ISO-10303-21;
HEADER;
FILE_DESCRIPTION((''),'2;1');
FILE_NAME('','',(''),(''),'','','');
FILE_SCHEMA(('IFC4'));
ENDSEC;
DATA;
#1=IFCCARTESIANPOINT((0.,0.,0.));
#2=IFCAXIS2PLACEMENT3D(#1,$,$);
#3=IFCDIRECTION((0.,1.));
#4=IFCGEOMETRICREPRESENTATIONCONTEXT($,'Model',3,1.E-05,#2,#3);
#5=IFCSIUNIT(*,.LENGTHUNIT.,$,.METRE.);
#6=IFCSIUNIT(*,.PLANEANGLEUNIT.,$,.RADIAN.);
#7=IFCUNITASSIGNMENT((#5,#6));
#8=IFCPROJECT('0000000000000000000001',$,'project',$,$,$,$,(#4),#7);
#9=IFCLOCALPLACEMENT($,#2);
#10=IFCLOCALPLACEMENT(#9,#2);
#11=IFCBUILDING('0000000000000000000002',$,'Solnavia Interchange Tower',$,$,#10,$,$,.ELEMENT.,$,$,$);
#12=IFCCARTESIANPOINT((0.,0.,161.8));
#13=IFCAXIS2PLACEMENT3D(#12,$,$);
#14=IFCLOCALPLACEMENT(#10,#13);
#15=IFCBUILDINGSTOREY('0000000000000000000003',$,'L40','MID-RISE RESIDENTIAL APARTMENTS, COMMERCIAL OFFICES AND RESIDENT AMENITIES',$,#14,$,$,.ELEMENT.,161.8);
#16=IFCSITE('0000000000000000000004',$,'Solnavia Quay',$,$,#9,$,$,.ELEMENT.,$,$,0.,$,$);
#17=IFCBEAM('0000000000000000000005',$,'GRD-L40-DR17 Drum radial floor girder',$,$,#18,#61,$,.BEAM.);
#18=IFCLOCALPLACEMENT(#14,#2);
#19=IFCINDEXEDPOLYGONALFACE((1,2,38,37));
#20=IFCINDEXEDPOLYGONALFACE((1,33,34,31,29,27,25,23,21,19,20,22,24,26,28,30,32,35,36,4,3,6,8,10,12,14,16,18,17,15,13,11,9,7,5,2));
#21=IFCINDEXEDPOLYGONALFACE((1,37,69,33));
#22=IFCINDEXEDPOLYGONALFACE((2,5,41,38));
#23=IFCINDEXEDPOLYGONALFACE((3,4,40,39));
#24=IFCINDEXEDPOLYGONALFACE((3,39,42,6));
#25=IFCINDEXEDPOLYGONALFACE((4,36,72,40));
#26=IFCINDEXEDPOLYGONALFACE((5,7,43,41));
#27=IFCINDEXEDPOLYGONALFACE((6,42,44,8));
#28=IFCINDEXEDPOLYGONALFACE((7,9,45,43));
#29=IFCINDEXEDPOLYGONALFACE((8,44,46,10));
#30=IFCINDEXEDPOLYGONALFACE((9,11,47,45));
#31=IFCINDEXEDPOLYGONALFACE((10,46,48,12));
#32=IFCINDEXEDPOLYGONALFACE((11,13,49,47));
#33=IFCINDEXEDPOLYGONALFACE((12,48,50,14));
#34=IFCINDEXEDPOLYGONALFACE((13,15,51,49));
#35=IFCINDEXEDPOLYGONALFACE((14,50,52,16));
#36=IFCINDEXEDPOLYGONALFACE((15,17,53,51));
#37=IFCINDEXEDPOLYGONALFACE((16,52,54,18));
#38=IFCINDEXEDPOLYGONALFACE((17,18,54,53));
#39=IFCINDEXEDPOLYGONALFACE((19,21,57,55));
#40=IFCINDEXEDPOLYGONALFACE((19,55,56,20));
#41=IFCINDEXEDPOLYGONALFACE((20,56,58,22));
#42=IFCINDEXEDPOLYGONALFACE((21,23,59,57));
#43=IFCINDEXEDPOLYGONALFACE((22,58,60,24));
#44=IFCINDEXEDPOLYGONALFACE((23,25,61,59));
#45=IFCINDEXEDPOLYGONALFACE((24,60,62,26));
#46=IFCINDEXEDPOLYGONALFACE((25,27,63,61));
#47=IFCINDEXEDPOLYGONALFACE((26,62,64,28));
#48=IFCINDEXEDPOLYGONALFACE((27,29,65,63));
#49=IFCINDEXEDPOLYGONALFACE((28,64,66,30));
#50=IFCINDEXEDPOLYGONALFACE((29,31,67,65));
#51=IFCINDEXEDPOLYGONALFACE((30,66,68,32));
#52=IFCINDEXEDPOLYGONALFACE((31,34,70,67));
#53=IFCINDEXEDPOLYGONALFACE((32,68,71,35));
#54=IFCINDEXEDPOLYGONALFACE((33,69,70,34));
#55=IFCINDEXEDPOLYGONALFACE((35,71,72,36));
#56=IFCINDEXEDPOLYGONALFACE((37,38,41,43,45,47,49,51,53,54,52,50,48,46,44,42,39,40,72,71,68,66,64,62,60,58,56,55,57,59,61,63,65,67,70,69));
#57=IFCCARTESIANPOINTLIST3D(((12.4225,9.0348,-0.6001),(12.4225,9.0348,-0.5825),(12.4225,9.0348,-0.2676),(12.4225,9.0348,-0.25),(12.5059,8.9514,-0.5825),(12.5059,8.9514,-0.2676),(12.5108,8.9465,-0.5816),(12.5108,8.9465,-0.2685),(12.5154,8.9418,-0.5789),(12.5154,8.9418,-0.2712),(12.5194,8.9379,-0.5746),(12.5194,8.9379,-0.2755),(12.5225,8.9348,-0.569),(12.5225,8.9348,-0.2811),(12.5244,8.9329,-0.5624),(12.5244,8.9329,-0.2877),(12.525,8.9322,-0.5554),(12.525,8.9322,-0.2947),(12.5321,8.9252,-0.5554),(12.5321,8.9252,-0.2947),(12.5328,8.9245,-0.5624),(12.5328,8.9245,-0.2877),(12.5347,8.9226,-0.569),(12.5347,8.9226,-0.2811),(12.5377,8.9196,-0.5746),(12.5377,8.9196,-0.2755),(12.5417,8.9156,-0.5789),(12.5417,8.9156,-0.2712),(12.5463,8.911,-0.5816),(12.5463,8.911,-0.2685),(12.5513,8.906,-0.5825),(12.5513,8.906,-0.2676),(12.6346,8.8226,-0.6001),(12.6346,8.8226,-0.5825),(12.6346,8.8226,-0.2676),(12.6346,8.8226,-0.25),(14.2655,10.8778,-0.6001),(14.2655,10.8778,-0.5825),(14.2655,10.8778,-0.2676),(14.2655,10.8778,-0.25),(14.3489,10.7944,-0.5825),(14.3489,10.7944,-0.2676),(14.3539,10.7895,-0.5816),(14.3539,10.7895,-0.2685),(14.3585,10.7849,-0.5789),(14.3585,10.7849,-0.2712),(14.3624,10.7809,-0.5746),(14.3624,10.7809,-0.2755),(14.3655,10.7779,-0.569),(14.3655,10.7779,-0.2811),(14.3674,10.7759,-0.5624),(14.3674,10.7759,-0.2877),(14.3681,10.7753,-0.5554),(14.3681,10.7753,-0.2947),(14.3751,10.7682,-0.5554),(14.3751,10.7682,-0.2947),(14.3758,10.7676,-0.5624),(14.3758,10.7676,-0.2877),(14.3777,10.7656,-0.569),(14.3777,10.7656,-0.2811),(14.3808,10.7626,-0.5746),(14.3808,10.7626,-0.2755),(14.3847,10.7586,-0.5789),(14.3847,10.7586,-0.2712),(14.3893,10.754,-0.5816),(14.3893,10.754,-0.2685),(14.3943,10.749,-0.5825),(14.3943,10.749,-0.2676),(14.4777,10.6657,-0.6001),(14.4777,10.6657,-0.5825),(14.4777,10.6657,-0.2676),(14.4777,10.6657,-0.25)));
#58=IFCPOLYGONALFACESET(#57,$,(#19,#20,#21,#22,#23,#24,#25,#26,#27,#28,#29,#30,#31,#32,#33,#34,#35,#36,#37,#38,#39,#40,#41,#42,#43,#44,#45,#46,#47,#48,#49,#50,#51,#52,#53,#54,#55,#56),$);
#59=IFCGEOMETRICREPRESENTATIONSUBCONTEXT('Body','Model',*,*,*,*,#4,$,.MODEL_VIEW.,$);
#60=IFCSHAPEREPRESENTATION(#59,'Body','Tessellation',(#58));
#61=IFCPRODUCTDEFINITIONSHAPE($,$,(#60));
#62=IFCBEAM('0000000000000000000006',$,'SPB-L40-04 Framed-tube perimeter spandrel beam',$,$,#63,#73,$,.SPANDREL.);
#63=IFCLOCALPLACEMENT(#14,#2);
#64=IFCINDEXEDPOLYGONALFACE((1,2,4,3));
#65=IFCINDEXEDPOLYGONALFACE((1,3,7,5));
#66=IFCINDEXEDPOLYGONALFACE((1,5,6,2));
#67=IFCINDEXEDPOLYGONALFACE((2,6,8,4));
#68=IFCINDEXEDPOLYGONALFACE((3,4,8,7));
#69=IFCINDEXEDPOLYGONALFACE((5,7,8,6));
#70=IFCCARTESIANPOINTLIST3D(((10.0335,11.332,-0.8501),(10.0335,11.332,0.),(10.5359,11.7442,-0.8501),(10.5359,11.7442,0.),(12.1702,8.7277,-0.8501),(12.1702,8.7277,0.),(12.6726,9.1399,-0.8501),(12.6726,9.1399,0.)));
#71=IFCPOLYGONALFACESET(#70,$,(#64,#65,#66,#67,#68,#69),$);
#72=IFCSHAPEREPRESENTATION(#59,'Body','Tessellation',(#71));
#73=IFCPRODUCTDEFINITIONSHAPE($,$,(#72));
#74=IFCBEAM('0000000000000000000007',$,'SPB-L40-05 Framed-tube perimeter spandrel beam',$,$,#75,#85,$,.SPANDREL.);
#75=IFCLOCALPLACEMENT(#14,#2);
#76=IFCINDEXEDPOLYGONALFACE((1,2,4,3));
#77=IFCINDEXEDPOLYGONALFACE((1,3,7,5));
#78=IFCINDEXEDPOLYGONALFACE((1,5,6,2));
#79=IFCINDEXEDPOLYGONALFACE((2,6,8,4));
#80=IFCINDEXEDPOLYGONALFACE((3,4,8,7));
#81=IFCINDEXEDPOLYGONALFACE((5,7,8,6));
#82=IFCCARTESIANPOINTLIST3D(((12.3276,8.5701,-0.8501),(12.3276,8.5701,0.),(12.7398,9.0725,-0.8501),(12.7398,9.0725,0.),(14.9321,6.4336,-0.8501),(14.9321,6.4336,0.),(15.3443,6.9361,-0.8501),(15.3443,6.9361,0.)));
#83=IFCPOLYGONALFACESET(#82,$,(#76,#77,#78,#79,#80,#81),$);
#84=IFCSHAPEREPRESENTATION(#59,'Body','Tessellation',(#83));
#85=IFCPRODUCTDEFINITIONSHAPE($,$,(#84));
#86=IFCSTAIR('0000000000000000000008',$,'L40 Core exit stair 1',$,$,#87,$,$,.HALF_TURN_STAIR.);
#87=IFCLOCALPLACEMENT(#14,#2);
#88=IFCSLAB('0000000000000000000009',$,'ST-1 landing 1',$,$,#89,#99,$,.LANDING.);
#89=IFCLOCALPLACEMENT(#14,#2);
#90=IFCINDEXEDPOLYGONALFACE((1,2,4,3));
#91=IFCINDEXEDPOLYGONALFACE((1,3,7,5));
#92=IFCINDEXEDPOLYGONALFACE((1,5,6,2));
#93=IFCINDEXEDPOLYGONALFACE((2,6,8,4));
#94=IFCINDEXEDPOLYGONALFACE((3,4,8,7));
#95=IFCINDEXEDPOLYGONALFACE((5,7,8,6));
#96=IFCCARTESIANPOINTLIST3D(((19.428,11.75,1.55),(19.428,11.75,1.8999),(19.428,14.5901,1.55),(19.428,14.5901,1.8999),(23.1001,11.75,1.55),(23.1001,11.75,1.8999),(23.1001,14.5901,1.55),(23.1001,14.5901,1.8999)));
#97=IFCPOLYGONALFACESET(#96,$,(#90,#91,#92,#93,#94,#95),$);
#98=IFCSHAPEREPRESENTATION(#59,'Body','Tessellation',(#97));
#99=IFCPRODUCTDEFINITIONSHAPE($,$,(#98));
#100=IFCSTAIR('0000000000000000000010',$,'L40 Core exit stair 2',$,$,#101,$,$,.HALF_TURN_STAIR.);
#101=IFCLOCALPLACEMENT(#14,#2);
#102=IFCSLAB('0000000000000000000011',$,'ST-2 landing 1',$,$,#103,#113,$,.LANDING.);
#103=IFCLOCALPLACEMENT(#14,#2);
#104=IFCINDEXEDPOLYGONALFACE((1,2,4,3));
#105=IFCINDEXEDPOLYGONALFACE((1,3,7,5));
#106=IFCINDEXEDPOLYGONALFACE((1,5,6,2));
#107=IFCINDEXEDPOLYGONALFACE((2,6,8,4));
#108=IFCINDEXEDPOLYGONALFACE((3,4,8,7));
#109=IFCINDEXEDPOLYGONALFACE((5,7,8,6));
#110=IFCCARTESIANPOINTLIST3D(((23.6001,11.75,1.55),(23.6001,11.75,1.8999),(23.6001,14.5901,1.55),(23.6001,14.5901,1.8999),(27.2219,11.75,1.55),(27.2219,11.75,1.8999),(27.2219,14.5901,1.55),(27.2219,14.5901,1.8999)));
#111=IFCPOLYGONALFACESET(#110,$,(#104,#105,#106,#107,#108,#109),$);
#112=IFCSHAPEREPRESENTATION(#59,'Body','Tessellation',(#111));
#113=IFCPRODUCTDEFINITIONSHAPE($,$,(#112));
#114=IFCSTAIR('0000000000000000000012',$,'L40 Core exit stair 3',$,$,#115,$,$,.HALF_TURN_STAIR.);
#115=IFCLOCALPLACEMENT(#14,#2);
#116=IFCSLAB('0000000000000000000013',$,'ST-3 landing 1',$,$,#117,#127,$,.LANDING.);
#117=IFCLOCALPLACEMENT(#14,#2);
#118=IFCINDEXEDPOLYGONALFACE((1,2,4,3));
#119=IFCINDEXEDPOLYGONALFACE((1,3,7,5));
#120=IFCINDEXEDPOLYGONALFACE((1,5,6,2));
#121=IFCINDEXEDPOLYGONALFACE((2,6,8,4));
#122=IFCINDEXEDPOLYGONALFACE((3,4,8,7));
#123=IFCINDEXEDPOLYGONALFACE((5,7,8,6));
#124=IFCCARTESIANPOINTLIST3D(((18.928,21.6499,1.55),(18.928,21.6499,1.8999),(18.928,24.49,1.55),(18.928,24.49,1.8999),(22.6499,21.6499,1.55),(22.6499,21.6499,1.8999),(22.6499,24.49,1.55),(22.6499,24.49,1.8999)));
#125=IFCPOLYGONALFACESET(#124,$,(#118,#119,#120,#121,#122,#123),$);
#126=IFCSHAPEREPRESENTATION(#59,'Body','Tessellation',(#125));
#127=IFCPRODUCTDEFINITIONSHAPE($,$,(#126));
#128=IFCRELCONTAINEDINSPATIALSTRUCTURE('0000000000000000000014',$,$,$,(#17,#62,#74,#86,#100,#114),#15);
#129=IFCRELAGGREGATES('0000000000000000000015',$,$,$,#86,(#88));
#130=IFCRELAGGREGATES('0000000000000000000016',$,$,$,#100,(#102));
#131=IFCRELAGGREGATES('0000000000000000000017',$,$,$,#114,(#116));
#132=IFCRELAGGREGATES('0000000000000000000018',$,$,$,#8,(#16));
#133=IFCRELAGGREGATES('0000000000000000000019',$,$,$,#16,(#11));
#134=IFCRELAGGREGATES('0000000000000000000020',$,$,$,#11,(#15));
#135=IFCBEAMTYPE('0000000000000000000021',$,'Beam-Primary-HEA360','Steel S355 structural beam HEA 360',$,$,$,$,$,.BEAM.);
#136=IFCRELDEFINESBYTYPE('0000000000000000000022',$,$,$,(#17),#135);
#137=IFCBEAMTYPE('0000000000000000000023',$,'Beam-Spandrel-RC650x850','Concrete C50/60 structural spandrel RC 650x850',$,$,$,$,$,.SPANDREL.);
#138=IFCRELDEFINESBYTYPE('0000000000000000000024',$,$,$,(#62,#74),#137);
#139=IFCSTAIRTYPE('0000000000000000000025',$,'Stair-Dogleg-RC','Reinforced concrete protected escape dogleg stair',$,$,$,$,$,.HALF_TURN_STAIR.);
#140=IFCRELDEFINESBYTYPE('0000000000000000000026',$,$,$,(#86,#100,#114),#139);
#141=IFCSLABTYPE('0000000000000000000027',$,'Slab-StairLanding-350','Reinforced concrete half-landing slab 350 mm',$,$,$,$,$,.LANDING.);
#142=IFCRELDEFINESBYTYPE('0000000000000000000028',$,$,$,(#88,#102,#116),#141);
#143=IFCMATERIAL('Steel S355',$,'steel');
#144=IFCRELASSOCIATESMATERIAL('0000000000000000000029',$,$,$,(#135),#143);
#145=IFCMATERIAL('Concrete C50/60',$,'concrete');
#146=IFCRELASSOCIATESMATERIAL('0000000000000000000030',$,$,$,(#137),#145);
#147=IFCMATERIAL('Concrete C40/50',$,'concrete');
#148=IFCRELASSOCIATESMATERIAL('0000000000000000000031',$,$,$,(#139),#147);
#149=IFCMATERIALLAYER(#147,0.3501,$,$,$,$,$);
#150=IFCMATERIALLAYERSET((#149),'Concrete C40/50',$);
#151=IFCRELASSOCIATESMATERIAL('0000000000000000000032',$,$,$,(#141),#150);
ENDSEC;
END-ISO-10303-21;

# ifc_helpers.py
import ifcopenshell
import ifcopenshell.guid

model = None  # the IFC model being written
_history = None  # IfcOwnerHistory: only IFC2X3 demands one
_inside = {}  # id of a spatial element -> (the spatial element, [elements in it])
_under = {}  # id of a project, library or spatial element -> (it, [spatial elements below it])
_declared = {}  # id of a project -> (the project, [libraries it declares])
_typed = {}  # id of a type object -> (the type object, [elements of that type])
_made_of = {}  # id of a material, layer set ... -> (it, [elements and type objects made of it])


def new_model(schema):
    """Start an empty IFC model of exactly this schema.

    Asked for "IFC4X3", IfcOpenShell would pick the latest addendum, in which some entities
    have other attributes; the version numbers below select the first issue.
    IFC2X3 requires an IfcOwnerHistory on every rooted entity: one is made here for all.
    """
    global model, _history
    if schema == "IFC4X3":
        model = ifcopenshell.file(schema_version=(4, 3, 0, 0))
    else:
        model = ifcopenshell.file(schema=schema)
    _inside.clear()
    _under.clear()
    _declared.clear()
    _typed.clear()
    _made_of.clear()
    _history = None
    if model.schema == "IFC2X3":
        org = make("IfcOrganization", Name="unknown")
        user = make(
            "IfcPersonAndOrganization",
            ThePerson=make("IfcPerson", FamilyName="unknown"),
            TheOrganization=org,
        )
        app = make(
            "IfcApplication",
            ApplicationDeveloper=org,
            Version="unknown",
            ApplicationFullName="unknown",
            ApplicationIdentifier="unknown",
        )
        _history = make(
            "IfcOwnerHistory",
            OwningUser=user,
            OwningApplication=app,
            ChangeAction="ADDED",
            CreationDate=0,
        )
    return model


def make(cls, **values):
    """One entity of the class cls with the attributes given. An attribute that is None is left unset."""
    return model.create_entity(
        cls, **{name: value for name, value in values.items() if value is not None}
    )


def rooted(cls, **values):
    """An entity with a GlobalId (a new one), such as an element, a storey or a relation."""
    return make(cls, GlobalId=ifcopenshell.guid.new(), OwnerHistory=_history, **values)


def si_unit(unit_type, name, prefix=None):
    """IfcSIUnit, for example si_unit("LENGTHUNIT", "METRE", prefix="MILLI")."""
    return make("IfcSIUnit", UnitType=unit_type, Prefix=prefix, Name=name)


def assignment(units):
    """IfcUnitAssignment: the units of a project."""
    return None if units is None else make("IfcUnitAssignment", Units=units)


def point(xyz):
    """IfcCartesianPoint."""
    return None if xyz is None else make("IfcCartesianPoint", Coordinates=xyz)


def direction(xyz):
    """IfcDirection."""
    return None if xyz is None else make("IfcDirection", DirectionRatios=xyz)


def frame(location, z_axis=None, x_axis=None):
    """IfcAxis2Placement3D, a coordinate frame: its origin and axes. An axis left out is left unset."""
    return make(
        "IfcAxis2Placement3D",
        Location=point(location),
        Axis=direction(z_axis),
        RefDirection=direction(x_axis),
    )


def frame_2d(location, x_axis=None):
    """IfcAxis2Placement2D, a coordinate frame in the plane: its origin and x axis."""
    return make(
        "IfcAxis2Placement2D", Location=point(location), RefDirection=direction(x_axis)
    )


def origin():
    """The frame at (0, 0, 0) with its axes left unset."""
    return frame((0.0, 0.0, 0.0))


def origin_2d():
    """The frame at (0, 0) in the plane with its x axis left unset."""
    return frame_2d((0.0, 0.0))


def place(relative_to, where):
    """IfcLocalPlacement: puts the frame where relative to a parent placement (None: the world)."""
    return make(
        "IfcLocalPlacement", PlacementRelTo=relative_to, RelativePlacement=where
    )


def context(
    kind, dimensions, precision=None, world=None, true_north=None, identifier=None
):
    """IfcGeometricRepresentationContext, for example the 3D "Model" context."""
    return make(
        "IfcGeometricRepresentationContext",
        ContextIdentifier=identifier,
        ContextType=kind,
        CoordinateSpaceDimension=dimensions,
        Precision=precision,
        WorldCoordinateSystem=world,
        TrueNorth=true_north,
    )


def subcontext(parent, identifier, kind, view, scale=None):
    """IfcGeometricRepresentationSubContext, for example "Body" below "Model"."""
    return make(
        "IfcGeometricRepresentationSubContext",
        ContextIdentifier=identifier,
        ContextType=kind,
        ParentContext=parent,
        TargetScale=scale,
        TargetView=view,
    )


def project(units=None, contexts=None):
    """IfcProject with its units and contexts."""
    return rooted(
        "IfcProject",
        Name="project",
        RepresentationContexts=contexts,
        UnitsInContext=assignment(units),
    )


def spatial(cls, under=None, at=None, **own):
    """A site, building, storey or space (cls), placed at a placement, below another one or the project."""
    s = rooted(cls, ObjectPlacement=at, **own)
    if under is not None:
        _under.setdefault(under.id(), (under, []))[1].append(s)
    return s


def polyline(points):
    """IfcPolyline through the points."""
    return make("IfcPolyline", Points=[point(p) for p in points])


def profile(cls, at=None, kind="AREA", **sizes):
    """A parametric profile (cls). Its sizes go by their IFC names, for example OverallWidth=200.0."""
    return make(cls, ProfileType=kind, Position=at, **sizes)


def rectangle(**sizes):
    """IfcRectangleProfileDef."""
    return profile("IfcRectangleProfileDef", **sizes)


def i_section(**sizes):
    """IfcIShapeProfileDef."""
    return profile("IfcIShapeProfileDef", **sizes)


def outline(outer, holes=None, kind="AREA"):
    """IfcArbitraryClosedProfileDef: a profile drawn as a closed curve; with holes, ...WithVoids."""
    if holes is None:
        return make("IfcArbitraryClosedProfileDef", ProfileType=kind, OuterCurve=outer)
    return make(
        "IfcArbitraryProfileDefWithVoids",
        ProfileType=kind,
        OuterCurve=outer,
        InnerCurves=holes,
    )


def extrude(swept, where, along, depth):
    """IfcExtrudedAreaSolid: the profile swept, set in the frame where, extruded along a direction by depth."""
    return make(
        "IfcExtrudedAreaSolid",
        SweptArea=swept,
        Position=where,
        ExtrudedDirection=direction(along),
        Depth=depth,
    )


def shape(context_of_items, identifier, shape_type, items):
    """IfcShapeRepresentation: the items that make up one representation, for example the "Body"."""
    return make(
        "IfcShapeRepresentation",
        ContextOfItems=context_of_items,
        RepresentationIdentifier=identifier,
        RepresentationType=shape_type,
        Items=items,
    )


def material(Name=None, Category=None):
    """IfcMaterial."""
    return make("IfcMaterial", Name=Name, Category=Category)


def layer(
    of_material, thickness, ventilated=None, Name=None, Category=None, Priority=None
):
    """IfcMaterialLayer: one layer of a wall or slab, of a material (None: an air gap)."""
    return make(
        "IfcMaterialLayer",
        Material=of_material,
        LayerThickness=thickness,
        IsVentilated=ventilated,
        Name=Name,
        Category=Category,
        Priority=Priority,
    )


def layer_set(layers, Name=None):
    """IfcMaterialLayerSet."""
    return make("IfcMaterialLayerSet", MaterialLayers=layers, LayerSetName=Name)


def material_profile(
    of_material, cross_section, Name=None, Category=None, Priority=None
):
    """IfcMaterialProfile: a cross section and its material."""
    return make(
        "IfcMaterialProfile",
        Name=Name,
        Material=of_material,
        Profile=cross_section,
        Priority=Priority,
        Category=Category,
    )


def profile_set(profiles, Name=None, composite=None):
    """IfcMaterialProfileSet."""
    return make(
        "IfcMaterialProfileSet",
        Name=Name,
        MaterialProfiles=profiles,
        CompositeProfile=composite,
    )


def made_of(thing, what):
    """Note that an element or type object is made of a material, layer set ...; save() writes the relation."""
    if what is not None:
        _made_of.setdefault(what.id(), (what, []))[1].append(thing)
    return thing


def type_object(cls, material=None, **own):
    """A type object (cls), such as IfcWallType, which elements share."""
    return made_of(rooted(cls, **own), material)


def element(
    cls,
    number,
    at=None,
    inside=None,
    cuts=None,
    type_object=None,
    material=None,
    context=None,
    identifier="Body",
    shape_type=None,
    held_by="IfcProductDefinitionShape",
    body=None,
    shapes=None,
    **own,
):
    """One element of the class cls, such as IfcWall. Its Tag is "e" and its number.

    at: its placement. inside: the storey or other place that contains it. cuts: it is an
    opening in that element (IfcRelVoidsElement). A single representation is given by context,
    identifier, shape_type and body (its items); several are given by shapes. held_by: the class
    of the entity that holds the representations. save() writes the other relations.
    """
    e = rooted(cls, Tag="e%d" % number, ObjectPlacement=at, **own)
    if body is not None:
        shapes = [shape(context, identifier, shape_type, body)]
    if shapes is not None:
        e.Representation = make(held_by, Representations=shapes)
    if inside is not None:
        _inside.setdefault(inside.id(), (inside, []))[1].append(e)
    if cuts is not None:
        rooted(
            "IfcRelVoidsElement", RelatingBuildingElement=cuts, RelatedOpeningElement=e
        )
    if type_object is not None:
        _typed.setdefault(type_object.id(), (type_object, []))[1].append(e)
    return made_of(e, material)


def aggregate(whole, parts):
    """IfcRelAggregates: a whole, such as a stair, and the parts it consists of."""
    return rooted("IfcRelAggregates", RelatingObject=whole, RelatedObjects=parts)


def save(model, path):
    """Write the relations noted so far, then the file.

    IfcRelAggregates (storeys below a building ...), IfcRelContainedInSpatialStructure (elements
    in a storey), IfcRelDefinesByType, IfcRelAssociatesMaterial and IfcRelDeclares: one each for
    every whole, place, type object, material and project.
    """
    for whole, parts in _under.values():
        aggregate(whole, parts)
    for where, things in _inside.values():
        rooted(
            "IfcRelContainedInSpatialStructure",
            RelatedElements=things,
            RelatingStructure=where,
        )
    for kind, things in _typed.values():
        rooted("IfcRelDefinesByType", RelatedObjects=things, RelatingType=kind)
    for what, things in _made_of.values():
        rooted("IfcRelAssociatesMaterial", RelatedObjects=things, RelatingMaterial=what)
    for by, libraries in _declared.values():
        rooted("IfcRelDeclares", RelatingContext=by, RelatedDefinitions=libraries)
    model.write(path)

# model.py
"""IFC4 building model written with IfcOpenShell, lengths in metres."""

from ifc_helpers import new_model, si_unit, direction, frame, origin, origin_2d, place, context, subcontext, project, spatial, polyline, rectangle, i_section, outline, extrude, material, layer, layer_set, material_profile, profile_set, type_object, element, aggregate, save


model = new_model("IFC4")

# Units and contexts
model_context = context("Model", 3, precision=1e-05, world=origin(), true_north=direction((0.0, 1.0)))
body_context = subcontext(model_context, "Body", "Model", "MODEL_VIEW")
ifc_project = project(units=[si_unit("LENGTHUNIT", "METRE"), si_unit("PLANEANGLEUNIT", "RADIAN")], contexts=[model_context])

# Site, building, storey
site_placement = place(None, origin())
site = spatial("IfcSite", under=ifc_project, at=site_placement, Name="Solnavia Quay", CompositionType="ELEMENT", RefElevation=0.0)
building_placement = place(site_placement, origin())
building = spatial("IfcBuilding", under=site, at=building_placement, Name="Solnavia Interchange Tower", CompositionType="ELEMENT")
storey_placement = place(building_placement, frame((0.0, 0.0, 161.8)))
storey = spatial("IfcBuildingStorey", under=building, at=storey_placement, Name="L40", Description="MID-RISE RESIDENTIAL APARTMENTS, COMMERCIAL OFFICES AND RESIDENT AMENITIES", CompositionType="ELEMENT", Elevation=161.8)

# Shared definitions
ifc_material_1 = material(Name="Concrete C50/60", Category="concrete")
ifc_material_2 = material(Name="Steel S355", Category="steel")

# Beams
ifc_material_profile_1 = material_profile(ifc_material_2, i_section(OverallWidth=0.3, OverallDepth=0.3501, WebThickness=0.01, FlangeThickness=0.0176, FilletRadius=0.0271, at=origin_2d()), Name="HEA 360")
ifc_profile_set_1 = profile_set([ifc_material_profile_1], Name="Steel S355")
beam_type_1 = type_object("IfcBeamType", Name="Beam-Primary-HEA360", Description="Steel S355 structural beam HEA 360", PredefinedType="BEAM", material=ifc_profile_set_1)
beam_1_placement = place(storey_placement, frame((12.5286, 8.9287, -0.425), z_axis=(0.707107, 0.707107, 0.0), x_axis=(-0.707107, 0.707107, 0.0)))
element("IfcBeam", 1, at=beam_1_placement, inside=storey, type_object=beam_type_1, Name="GRD-L40-DR17 Drum radial floor girder", PredefinedType="BEAM", context=body_context, shape_type="SweptSolid", body=[
    extrude(i_section(OverallWidth=0.3, OverallDepth=0.3501, WebThickness=0.01, FlangeThickness=0.0176, FilletRadius=0.0271, at=origin_2d()), origin(), (0.0, 0.0, 1.0), 2.6064),
])
ifc_material_profile_2 = material_profile(ifc_material_1, rectangle(XDim=0.6499, YDim=0.8501, at=origin_2d()), Name="RC 650x850")
ifc_profile_set_2 = profile_set([ifc_material_profile_2], Name="Concrete C50/60")
beam_type_2 = type_object("IfcBeamType", Name="Beam-Spandrel-RC650x850", Description="Concrete C50/60 structural spandrel RC 650x850", PredefinedType="SPANDREL", material=ifc_profile_set_2)
for number, where, z_axis, x_axis, name in (
    (2, (10.2847, 11.5381, -0.425), (0.634299, -0.773088, 0.0), (0.773088, 0.634299, 0.0), "SPB-L40-04 Framed-tube perimeter spandrel beam"),
    (3, (12.5337, 8.8213, -0.425), (0.773153, -0.63422, 0.0), (0.63422, 0.773153, 0.0), "SPB-L40-05 Framed-tube perimeter spandrel beam"),
):
    element("IfcBeam", number, at=place(storey_placement, frame(where, z_axis=z_axis, x_axis=x_axis)), inside=storey, type_object=beam_type_2, Name=name, PredefinedType="SPANDREL", context=body_context, shape_type="SweptSolid", body=[
        extrude(rectangle(XDim=0.6499, YDim=0.8501, at=origin_2d()), origin(), (0.0, 0.0, 1.0), 3.3687),
    ])

# Stairs, slabs
ifc_material_3 = material(Name="Concrete C40/50", Category="concrete")
stair_type = type_object("IfcStairType", Name="Stair-Dogleg-RC", Description="Reinforced concrete protected escape dogleg stair", PredefinedType="HALF_TURN_STAIR", material=ifc_material_3)
stair_1_placement = place(storey_placement, origin())
stair_1 = element("IfcStair", 4, at=stair_1_placement, inside=storey, type_object=stair_type, Name="L40 Core exit stair 1", PredefinedType="HALF_TURN_STAIR")
ifc_layer_1 = layer(ifc_material_3, 0.3501)
ifc_layer_set_1 = layer_set([ifc_layer_1], Name="Concrete C40/50")
slab_type_1 = type_object("IfcSlabType", Name="Slab-StairLanding-350", Description="Reinforced concrete half-landing slab 350 mm", PredefinedType="LANDING", material=ifc_layer_set_1)
slab_1_placement = place(storey_placement, frame((0.0, 0.0, 1.55)))
slab_1 = element("IfcSlab", 5, at=slab_1_placement, type_object=slab_type_1, Name="ST-1 landing 1", PredefinedType="LANDING", context=body_context, shape_type="SweptSolid", body=[
    extrude(outline(polyline([(19.428, 11.75), (23.1001, 11.75), (23.1001, 14.5901), (19.428, 14.5901), (19.428, 11.75)])), origin(), (0.0, 0.0, 1.0), 0.3499),
])
aggregate(stair_1, [slab_1])
stair_2_placement = place(storey_placement, origin())
stair_2 = element("IfcStair", 6, at=stair_2_placement, inside=storey, type_object=stair_type, Name="L40 Core exit stair 2", PredefinedType="HALF_TURN_STAIR")
slab_2_placement = place(storey_placement, frame((0.0, 0.0, 1.55)))
slab_2 = element("IfcSlab", 7, at=slab_2_placement, type_object=slab_type_1, Name="ST-2 landing 1", PredefinedType="LANDING", context=body_context, shape_type="SweptSolid", body=[
    extrude(outline(polyline([(23.6001, 11.75), (27.2219, 11.75), (27.2219, 14.5901), (23.6001, 14.5901), (23.6001, 11.75)])), origin(), (0.0, 0.0, 1.0), 0.3499),
])
aggregate(stair_2, [slab_2])
stair_3_placement = place(storey_placement, origin())
stair_3 = element("IfcStair", 8, at=stair_3_placement, inside=storey, type_object=stair_type, Name="L40 Core exit stair 3", PredefinedType="HALF_TURN_STAIR")
slab_3_placement = place(storey_placement, frame((0.0, 0.0, 1.55)))
slab_3 = element("IfcSlab", 9, at=slab_3_placement, type_object=slab_type_1, Name="ST-3 landing 1", PredefinedType="LANDING", context=body_context, shape_type="SweptSolid", body=[
    extrude(outline(polyline([(18.928, 21.6499), (22.6499, 21.6499), (22.6499, 24.49), (18.928, 24.49), (18.928, 21.6499)])), origin(), (0.0, 0.0, 1.0), 0.3499),
])
aggregate(stair_3, [slab_3])

save(model, "model.ifc")
